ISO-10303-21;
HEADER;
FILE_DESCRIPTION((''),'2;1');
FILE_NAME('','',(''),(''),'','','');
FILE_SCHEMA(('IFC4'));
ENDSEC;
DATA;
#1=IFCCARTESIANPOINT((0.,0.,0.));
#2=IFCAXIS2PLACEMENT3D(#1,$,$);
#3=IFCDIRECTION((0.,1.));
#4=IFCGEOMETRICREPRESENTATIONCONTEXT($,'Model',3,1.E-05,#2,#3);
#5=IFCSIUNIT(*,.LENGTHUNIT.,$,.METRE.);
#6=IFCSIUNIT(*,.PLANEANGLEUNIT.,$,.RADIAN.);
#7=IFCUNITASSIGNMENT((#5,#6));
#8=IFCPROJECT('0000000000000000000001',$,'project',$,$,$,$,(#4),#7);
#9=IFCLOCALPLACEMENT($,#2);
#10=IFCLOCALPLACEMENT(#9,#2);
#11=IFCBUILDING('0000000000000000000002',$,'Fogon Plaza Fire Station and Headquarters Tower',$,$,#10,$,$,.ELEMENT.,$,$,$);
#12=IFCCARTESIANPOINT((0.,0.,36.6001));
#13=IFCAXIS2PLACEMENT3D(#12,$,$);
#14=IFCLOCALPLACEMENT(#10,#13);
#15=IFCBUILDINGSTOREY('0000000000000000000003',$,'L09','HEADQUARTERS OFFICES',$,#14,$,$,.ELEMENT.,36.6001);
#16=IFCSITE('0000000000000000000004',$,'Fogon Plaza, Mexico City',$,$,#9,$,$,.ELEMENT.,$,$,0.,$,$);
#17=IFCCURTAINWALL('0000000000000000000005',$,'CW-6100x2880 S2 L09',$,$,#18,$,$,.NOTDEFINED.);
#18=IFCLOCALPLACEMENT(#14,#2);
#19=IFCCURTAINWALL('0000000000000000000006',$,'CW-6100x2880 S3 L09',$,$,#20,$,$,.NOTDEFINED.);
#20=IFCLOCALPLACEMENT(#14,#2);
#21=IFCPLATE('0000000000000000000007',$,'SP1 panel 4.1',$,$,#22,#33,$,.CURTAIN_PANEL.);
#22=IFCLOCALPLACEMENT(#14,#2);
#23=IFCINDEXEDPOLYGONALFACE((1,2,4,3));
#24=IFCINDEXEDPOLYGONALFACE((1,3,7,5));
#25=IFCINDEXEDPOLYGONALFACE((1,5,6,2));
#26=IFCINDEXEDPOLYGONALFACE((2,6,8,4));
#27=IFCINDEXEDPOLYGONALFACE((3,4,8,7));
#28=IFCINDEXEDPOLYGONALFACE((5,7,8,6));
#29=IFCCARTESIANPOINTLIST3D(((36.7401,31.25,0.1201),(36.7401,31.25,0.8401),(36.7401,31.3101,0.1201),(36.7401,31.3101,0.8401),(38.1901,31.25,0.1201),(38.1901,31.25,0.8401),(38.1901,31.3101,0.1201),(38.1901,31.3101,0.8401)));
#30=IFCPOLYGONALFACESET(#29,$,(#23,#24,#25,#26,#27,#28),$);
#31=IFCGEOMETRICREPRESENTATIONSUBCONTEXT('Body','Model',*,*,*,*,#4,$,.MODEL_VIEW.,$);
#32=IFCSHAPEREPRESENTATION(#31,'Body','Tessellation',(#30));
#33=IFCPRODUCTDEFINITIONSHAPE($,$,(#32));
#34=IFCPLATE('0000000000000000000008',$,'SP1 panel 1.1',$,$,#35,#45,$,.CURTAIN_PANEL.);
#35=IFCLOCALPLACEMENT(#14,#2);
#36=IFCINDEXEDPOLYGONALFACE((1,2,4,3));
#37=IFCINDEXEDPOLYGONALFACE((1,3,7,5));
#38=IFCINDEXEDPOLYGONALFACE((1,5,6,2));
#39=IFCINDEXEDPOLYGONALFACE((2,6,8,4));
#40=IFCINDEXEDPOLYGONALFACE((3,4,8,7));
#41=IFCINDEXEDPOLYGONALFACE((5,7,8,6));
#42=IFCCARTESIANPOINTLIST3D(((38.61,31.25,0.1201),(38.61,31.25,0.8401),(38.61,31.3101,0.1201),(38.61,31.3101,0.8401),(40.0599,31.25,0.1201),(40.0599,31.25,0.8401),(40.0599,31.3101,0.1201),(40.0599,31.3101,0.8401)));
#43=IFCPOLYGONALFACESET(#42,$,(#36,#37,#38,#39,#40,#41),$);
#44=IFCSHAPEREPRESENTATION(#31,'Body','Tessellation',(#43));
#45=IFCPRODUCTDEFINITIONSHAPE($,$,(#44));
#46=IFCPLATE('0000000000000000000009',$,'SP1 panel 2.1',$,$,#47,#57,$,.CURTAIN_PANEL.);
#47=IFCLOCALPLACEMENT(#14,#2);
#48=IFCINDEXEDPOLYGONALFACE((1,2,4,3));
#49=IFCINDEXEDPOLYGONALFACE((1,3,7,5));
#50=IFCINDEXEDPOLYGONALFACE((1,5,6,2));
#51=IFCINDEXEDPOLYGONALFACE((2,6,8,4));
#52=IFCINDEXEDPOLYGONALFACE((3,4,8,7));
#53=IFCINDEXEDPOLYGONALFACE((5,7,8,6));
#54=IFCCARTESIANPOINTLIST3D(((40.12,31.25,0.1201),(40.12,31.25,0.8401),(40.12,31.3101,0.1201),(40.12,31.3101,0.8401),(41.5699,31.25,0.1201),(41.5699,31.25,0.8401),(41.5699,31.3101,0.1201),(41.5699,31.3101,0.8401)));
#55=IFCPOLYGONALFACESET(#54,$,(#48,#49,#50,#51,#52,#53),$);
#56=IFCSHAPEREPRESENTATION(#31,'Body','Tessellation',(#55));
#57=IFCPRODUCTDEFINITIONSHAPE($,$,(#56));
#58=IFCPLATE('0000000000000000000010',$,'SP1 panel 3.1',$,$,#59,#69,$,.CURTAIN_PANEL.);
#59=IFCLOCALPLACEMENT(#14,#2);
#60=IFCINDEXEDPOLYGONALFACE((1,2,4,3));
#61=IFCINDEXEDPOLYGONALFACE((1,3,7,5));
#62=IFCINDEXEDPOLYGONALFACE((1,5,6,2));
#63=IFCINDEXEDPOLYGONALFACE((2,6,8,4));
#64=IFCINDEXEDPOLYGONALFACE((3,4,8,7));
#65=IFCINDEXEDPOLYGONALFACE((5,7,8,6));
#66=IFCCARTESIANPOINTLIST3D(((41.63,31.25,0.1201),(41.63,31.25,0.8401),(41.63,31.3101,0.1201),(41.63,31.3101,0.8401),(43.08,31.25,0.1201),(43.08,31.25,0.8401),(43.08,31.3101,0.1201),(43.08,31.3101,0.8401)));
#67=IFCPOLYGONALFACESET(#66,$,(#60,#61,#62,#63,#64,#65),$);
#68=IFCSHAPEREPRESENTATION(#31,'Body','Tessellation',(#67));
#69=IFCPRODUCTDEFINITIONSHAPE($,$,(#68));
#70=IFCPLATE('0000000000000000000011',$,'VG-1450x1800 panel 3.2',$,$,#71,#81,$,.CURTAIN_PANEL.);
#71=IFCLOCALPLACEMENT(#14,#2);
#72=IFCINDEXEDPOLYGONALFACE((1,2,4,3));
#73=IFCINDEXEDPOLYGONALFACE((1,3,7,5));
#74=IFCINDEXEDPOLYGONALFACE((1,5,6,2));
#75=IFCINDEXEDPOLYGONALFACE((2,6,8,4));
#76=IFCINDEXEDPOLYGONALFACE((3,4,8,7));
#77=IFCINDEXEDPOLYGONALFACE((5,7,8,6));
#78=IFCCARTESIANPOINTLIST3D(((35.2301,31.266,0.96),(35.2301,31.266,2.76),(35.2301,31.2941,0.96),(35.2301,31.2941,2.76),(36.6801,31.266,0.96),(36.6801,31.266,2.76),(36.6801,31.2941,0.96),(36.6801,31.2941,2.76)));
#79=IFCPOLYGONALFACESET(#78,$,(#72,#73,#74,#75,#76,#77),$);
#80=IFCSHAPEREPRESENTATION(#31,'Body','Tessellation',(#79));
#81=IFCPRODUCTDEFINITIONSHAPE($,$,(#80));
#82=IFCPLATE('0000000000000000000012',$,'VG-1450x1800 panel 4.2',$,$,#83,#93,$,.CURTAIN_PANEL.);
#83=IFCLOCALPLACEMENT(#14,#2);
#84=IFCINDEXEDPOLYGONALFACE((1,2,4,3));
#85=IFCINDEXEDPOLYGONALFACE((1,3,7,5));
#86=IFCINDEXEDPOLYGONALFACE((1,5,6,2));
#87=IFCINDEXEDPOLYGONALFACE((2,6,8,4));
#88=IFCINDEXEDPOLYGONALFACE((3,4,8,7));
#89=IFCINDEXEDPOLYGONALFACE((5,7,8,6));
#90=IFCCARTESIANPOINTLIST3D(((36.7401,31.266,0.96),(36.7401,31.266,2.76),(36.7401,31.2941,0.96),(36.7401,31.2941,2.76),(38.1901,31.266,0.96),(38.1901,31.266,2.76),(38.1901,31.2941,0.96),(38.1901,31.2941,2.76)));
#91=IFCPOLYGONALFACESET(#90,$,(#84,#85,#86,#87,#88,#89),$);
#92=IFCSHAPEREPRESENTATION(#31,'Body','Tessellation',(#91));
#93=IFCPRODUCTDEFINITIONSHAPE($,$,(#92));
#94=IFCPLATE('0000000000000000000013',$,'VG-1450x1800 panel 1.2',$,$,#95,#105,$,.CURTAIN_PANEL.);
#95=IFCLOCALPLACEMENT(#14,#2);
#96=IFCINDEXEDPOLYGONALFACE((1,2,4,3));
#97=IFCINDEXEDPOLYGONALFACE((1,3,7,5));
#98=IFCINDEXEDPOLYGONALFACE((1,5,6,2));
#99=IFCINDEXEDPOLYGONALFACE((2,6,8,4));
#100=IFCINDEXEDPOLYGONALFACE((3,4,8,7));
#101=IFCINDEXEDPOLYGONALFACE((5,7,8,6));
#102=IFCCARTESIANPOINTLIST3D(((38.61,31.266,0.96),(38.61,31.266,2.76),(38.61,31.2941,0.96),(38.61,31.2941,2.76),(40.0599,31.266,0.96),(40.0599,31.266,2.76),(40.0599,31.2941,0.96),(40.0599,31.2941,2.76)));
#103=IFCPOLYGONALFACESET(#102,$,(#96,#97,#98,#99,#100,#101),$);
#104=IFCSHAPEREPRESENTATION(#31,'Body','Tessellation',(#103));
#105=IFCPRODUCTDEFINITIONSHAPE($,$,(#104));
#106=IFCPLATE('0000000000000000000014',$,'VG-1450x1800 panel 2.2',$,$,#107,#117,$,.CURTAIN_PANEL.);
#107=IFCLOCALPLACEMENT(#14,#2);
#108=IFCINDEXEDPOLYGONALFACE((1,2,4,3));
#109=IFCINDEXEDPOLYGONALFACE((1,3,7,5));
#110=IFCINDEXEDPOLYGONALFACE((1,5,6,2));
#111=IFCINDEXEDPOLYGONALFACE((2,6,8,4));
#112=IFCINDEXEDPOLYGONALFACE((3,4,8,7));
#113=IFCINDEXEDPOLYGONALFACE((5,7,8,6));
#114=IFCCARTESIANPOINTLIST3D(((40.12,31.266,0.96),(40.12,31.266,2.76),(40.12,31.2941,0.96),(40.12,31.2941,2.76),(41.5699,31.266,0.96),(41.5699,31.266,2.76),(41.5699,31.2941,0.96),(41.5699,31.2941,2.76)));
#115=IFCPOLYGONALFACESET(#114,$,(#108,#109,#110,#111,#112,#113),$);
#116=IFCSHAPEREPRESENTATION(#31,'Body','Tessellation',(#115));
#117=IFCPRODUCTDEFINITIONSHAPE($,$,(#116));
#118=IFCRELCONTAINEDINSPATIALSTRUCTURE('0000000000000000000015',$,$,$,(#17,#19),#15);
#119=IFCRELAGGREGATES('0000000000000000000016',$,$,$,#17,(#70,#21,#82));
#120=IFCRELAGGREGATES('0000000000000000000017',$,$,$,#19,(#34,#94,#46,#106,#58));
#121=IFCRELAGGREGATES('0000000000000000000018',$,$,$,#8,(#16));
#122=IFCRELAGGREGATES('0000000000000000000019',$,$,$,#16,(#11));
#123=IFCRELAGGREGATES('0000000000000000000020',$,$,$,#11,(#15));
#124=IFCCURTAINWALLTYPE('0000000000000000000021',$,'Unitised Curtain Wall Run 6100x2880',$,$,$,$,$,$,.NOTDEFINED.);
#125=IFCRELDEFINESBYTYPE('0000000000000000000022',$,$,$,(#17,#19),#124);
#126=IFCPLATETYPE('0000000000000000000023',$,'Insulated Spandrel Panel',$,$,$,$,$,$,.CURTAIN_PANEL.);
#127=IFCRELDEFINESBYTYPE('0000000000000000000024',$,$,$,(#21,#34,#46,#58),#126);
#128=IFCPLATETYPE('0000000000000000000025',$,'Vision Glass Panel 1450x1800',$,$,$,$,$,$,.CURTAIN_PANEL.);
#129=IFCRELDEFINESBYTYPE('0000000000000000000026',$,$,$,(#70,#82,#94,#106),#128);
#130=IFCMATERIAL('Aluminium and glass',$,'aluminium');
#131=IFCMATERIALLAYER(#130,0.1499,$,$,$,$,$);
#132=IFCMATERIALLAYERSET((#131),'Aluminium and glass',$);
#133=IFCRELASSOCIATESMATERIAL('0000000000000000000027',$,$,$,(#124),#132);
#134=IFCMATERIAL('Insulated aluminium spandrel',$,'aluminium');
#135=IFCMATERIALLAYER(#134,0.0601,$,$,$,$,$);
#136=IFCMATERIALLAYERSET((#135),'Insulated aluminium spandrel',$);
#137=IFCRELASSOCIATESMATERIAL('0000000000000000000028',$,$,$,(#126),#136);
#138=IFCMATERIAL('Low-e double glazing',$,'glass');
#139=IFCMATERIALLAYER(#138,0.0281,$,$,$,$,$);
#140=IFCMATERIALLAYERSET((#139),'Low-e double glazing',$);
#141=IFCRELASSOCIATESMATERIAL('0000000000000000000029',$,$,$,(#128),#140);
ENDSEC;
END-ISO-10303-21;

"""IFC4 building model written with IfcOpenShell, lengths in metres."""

from ifc_helpers import new_model, si_unit, direction, frame, origin, origin_2d, place, context, subcontext, project, spatial, rectangle, extrude, material, layer, layer_set, type_object, element, aggregate, save


model = new_model("IFC4")

# Units and contexts
model_context = context("Model", 3, precision=1e-05, world=origin(), true_north=direction((0.0, 1.0)))
body_context = subcontext(model_context, "Body", "Model", "MODEL_VIEW")
ifc_project = project(units=[si_unit("LENGTHUNIT", "METRE"), si_unit("PLANEANGLEUNIT", "RADIAN")], contexts=[model_context])

# Site, building, storey
site_placement = place(None, origin())
site = spatial("IfcSite", under=ifc_project, at=site_placement, Name="Fogon Plaza, Mexico City", CompositionType="ELEMENT", RefElevation=0.0)
building_placement = place(site_placement, origin())
building = spatial("IfcBuilding", under=site, at=building_placement, Name="Fogon Plaza Fire Station and Headquarters Tower", CompositionType="ELEMENT")
storey_placement = place(building_placement, frame((0.0, 0.0, 36.6001)))
storey = spatial("IfcBuildingStorey", under=building, at=storey_placement, Name="L09", Description="HEADQUARTERS OFFICES", CompositionType="ELEMENT", Elevation=36.6001)

# Curtain walls
ifc_material_1 = material(Name="Aluminium and glass", Category="aluminium")
ifc_layer_1 = layer(ifc_material_1, 0.1499)
ifc_layer_set_1 = layer_set([ifc_layer_1], Name="Aluminium and glass")
curtain_wall_type = type_object("IfcCurtainWallType", Name="Unitised Curtain Wall Run 6100x2880", PredefinedType="NOTDEFINED", material=ifc_layer_set_1)
curtain_wall_1_placement = place(storey_placement, origin())
curtain_wall_1 = element("IfcCurtainWall", 1, at=curtain_wall_1_placement, inside=storey, type_object=curtain_wall_type, Name="CW-6100x2880 S2 L09", PredefinedType="NOTDEFINED")
curtain_wall_2_placement = place(storey_placement, origin())
curtain_wall_2 = element("IfcCurtainWall", 2, at=curtain_wall_2_placement, inside=storey, type_object=curtain_wall_type, Name="CW-6100x2880 S3 L09", PredefinedType="NOTDEFINED")

# Plates
ifc_material_2 = material(Name="Insulated aluminium spandrel", Category="aluminium")
ifc_layer_2 = layer(ifc_material_2, 0.0601)
ifc_layer_set_2 = layer_set([ifc_layer_2], Name="Insulated aluminium spandrel")
plate_type_1 = type_object("IfcPlateType", Name="Insulated Spandrel Panel", PredefinedType="CURTAIN_PANEL", material=ifc_layer_set_2)
plate_1_placement = place(storey_placement, frame((37.4651, 31.28, 0.1201), z_axis=(0.0, 0.0, 1.0), x_axis=(1.0, 0.0, 0.0)))
plate_1 = element("IfcPlate", 3, at=plate_1_placement, type_object=plate_type_1, Name="SP1 panel 4.1", PredefinedType="CURTAIN_PANEL", context=body_context, shape_type="SweptSolid", body=[
    extrude(rectangle(XDim=1.45, YDim=0.0601, at=origin_2d()), origin(), (0.0, 0.0, 1.0), 0.72),
])
plate_2_placement = place(storey_placement, frame((39.335, 31.28, 0.1201), z_axis=(0.0, 0.0, 1.0), x_axis=(1.0, 0.0, 0.0)))
plate_2 = element("IfcPlate", 4, at=plate_2_placement, type_object=plate_type_1, Name="SP1 panel 1.1", PredefinedType="CURTAIN_PANEL", context=body_context, shape_type="SweptSolid", body=[
    extrude(rectangle(XDim=1.45, YDim=0.0601, at=origin_2d()), origin(), (0.0, 0.0, 1.0), 0.72),
])
plate_3_placement = place(storey_placement, frame((40.845, 31.28, 0.1201), z_axis=(0.0, 0.0, 1.0), x_axis=(1.0, 0.0, 0.0)))
plate_3 = element("IfcPlate", 5, at=plate_3_placement, type_object=plate_type_1, Name="SP1 panel 2.1", PredefinedType="CURTAIN_PANEL", context=body_context, shape_type="SweptSolid", body=[
    extrude(rectangle(XDim=1.45, YDim=0.0601, at=origin_2d()), origin(), (0.0, 0.0, 1.0), 0.72),
])
plate_4_placement = place(storey_placement, frame((42.355, 31.28, 0.1201), z_axis=(0.0, 0.0, 1.0), x_axis=(1.0, 0.0, 0.0)))
plate_4 = element("IfcPlate", 6, at=plate_4_placement, type_object=plate_type_1, Name="SP1 panel 3.1", PredefinedType="CURTAIN_PANEL", context=body_context, shape_type="SweptSolid", body=[
    extrude(rectangle(XDim=1.45, YDim=0.0601, at=origin_2d()), origin(), (0.0, 0.0, 1.0), 0.72),
])
ifc_material_3 = material(Name="Low-e double glazing", Category="glass")
ifc_layer_3 = layer(ifc_material_3, 0.0281)
ifc_layer_set_3 = layer_set([ifc_layer_3], Name="Low-e double glazing")
plate_type_2 = type_object("IfcPlateType", Name="Vision Glass Panel 1450x1800", PredefinedType="CURTAIN_PANEL", material=ifc_layer_set_3)
plate_5_placement = place(storey_placement, frame((35.9551, 31.28, 0.96), z_axis=(0.0, 0.0, 1.0), x_axis=(1.0, 0.0, 0.0)))
plate_5 = element("IfcPlate", 7, at=plate_5_placement, type_object=plate_type_2, Name="VG-1450x1800 panel 3.2", PredefinedType="CURTAIN_PANEL", context=body_context, shape_type="SweptSolid", body=[
    extrude(rectangle(XDim=1.45, YDim=0.0281, at=origin_2d()), origin(), (0.0, 0.0, 1.0), 1.8),
])
plate_6_placement = place(storey_placement, frame((37.4651, 31.28, 0.96), z_axis=(0.0, 0.0, 1.0), x_axis=(1.0, 0.0, 0.0)))
plate_6 = element("IfcPlate", 8, at=plate_6_placement, type_object=plate_type_2, Name="VG-1450x1800 panel 4.2", PredefinedType="CURTAIN_PANEL", context=body_context, shape_type="SweptSolid", body=[
    extrude(rectangle(XDim=1.45, YDim=0.0281, at=origin_2d()), origin(), (0.0, 0.0, 1.0), 1.8),
])
aggregate(curtain_wall_1, [plate_5, plate_1, plate_6])
plate_7_placement = place(storey_placement, frame((39.335, 31.28, 0.96), z_axis=(0.0, 0.0, 1.0), x_axis=(1.0, 0.0, 0.0)))
plate_7 = element("IfcPlate", 9, at=plate_7_placement, type_object=plate_type_2, Name="VG-1450x1800 panel 1.2", PredefinedType="CURTAIN_PANEL", context=body_context, shape_type="SweptSolid", body=[
    extrude(rectangle(XDim=1.45, YDim=0.0281, at=origin_2d()), origin(), (0.0, 0.0, 1.0), 1.8),
])
plate_8_placement = place(storey_placement, frame((40.845, 31.28, 0.96), z_axis=(0.0, 0.0, 1.0), x_axis=(1.0, 0.0, 0.0)))
plate_8 = element("IfcPlate", 10, at=plate_8_placement, type_object=plate_type_2, Name="VG-1450x1800 panel 2.2", PredefinedType="CURTAIN_PANEL", context=body_context, shape_type="SweptSolid", body=[
    extrude(rectangle(XDim=1.45, YDim=0.0281, at=origin_2d()), origin(), (0.0, 0.0, 1.0), 1.8),
])
aggregate(curtain_wall_2, [plate_2, plate_7, plate_3, plate_8, plate_4])

save(model, "model.ifc")
